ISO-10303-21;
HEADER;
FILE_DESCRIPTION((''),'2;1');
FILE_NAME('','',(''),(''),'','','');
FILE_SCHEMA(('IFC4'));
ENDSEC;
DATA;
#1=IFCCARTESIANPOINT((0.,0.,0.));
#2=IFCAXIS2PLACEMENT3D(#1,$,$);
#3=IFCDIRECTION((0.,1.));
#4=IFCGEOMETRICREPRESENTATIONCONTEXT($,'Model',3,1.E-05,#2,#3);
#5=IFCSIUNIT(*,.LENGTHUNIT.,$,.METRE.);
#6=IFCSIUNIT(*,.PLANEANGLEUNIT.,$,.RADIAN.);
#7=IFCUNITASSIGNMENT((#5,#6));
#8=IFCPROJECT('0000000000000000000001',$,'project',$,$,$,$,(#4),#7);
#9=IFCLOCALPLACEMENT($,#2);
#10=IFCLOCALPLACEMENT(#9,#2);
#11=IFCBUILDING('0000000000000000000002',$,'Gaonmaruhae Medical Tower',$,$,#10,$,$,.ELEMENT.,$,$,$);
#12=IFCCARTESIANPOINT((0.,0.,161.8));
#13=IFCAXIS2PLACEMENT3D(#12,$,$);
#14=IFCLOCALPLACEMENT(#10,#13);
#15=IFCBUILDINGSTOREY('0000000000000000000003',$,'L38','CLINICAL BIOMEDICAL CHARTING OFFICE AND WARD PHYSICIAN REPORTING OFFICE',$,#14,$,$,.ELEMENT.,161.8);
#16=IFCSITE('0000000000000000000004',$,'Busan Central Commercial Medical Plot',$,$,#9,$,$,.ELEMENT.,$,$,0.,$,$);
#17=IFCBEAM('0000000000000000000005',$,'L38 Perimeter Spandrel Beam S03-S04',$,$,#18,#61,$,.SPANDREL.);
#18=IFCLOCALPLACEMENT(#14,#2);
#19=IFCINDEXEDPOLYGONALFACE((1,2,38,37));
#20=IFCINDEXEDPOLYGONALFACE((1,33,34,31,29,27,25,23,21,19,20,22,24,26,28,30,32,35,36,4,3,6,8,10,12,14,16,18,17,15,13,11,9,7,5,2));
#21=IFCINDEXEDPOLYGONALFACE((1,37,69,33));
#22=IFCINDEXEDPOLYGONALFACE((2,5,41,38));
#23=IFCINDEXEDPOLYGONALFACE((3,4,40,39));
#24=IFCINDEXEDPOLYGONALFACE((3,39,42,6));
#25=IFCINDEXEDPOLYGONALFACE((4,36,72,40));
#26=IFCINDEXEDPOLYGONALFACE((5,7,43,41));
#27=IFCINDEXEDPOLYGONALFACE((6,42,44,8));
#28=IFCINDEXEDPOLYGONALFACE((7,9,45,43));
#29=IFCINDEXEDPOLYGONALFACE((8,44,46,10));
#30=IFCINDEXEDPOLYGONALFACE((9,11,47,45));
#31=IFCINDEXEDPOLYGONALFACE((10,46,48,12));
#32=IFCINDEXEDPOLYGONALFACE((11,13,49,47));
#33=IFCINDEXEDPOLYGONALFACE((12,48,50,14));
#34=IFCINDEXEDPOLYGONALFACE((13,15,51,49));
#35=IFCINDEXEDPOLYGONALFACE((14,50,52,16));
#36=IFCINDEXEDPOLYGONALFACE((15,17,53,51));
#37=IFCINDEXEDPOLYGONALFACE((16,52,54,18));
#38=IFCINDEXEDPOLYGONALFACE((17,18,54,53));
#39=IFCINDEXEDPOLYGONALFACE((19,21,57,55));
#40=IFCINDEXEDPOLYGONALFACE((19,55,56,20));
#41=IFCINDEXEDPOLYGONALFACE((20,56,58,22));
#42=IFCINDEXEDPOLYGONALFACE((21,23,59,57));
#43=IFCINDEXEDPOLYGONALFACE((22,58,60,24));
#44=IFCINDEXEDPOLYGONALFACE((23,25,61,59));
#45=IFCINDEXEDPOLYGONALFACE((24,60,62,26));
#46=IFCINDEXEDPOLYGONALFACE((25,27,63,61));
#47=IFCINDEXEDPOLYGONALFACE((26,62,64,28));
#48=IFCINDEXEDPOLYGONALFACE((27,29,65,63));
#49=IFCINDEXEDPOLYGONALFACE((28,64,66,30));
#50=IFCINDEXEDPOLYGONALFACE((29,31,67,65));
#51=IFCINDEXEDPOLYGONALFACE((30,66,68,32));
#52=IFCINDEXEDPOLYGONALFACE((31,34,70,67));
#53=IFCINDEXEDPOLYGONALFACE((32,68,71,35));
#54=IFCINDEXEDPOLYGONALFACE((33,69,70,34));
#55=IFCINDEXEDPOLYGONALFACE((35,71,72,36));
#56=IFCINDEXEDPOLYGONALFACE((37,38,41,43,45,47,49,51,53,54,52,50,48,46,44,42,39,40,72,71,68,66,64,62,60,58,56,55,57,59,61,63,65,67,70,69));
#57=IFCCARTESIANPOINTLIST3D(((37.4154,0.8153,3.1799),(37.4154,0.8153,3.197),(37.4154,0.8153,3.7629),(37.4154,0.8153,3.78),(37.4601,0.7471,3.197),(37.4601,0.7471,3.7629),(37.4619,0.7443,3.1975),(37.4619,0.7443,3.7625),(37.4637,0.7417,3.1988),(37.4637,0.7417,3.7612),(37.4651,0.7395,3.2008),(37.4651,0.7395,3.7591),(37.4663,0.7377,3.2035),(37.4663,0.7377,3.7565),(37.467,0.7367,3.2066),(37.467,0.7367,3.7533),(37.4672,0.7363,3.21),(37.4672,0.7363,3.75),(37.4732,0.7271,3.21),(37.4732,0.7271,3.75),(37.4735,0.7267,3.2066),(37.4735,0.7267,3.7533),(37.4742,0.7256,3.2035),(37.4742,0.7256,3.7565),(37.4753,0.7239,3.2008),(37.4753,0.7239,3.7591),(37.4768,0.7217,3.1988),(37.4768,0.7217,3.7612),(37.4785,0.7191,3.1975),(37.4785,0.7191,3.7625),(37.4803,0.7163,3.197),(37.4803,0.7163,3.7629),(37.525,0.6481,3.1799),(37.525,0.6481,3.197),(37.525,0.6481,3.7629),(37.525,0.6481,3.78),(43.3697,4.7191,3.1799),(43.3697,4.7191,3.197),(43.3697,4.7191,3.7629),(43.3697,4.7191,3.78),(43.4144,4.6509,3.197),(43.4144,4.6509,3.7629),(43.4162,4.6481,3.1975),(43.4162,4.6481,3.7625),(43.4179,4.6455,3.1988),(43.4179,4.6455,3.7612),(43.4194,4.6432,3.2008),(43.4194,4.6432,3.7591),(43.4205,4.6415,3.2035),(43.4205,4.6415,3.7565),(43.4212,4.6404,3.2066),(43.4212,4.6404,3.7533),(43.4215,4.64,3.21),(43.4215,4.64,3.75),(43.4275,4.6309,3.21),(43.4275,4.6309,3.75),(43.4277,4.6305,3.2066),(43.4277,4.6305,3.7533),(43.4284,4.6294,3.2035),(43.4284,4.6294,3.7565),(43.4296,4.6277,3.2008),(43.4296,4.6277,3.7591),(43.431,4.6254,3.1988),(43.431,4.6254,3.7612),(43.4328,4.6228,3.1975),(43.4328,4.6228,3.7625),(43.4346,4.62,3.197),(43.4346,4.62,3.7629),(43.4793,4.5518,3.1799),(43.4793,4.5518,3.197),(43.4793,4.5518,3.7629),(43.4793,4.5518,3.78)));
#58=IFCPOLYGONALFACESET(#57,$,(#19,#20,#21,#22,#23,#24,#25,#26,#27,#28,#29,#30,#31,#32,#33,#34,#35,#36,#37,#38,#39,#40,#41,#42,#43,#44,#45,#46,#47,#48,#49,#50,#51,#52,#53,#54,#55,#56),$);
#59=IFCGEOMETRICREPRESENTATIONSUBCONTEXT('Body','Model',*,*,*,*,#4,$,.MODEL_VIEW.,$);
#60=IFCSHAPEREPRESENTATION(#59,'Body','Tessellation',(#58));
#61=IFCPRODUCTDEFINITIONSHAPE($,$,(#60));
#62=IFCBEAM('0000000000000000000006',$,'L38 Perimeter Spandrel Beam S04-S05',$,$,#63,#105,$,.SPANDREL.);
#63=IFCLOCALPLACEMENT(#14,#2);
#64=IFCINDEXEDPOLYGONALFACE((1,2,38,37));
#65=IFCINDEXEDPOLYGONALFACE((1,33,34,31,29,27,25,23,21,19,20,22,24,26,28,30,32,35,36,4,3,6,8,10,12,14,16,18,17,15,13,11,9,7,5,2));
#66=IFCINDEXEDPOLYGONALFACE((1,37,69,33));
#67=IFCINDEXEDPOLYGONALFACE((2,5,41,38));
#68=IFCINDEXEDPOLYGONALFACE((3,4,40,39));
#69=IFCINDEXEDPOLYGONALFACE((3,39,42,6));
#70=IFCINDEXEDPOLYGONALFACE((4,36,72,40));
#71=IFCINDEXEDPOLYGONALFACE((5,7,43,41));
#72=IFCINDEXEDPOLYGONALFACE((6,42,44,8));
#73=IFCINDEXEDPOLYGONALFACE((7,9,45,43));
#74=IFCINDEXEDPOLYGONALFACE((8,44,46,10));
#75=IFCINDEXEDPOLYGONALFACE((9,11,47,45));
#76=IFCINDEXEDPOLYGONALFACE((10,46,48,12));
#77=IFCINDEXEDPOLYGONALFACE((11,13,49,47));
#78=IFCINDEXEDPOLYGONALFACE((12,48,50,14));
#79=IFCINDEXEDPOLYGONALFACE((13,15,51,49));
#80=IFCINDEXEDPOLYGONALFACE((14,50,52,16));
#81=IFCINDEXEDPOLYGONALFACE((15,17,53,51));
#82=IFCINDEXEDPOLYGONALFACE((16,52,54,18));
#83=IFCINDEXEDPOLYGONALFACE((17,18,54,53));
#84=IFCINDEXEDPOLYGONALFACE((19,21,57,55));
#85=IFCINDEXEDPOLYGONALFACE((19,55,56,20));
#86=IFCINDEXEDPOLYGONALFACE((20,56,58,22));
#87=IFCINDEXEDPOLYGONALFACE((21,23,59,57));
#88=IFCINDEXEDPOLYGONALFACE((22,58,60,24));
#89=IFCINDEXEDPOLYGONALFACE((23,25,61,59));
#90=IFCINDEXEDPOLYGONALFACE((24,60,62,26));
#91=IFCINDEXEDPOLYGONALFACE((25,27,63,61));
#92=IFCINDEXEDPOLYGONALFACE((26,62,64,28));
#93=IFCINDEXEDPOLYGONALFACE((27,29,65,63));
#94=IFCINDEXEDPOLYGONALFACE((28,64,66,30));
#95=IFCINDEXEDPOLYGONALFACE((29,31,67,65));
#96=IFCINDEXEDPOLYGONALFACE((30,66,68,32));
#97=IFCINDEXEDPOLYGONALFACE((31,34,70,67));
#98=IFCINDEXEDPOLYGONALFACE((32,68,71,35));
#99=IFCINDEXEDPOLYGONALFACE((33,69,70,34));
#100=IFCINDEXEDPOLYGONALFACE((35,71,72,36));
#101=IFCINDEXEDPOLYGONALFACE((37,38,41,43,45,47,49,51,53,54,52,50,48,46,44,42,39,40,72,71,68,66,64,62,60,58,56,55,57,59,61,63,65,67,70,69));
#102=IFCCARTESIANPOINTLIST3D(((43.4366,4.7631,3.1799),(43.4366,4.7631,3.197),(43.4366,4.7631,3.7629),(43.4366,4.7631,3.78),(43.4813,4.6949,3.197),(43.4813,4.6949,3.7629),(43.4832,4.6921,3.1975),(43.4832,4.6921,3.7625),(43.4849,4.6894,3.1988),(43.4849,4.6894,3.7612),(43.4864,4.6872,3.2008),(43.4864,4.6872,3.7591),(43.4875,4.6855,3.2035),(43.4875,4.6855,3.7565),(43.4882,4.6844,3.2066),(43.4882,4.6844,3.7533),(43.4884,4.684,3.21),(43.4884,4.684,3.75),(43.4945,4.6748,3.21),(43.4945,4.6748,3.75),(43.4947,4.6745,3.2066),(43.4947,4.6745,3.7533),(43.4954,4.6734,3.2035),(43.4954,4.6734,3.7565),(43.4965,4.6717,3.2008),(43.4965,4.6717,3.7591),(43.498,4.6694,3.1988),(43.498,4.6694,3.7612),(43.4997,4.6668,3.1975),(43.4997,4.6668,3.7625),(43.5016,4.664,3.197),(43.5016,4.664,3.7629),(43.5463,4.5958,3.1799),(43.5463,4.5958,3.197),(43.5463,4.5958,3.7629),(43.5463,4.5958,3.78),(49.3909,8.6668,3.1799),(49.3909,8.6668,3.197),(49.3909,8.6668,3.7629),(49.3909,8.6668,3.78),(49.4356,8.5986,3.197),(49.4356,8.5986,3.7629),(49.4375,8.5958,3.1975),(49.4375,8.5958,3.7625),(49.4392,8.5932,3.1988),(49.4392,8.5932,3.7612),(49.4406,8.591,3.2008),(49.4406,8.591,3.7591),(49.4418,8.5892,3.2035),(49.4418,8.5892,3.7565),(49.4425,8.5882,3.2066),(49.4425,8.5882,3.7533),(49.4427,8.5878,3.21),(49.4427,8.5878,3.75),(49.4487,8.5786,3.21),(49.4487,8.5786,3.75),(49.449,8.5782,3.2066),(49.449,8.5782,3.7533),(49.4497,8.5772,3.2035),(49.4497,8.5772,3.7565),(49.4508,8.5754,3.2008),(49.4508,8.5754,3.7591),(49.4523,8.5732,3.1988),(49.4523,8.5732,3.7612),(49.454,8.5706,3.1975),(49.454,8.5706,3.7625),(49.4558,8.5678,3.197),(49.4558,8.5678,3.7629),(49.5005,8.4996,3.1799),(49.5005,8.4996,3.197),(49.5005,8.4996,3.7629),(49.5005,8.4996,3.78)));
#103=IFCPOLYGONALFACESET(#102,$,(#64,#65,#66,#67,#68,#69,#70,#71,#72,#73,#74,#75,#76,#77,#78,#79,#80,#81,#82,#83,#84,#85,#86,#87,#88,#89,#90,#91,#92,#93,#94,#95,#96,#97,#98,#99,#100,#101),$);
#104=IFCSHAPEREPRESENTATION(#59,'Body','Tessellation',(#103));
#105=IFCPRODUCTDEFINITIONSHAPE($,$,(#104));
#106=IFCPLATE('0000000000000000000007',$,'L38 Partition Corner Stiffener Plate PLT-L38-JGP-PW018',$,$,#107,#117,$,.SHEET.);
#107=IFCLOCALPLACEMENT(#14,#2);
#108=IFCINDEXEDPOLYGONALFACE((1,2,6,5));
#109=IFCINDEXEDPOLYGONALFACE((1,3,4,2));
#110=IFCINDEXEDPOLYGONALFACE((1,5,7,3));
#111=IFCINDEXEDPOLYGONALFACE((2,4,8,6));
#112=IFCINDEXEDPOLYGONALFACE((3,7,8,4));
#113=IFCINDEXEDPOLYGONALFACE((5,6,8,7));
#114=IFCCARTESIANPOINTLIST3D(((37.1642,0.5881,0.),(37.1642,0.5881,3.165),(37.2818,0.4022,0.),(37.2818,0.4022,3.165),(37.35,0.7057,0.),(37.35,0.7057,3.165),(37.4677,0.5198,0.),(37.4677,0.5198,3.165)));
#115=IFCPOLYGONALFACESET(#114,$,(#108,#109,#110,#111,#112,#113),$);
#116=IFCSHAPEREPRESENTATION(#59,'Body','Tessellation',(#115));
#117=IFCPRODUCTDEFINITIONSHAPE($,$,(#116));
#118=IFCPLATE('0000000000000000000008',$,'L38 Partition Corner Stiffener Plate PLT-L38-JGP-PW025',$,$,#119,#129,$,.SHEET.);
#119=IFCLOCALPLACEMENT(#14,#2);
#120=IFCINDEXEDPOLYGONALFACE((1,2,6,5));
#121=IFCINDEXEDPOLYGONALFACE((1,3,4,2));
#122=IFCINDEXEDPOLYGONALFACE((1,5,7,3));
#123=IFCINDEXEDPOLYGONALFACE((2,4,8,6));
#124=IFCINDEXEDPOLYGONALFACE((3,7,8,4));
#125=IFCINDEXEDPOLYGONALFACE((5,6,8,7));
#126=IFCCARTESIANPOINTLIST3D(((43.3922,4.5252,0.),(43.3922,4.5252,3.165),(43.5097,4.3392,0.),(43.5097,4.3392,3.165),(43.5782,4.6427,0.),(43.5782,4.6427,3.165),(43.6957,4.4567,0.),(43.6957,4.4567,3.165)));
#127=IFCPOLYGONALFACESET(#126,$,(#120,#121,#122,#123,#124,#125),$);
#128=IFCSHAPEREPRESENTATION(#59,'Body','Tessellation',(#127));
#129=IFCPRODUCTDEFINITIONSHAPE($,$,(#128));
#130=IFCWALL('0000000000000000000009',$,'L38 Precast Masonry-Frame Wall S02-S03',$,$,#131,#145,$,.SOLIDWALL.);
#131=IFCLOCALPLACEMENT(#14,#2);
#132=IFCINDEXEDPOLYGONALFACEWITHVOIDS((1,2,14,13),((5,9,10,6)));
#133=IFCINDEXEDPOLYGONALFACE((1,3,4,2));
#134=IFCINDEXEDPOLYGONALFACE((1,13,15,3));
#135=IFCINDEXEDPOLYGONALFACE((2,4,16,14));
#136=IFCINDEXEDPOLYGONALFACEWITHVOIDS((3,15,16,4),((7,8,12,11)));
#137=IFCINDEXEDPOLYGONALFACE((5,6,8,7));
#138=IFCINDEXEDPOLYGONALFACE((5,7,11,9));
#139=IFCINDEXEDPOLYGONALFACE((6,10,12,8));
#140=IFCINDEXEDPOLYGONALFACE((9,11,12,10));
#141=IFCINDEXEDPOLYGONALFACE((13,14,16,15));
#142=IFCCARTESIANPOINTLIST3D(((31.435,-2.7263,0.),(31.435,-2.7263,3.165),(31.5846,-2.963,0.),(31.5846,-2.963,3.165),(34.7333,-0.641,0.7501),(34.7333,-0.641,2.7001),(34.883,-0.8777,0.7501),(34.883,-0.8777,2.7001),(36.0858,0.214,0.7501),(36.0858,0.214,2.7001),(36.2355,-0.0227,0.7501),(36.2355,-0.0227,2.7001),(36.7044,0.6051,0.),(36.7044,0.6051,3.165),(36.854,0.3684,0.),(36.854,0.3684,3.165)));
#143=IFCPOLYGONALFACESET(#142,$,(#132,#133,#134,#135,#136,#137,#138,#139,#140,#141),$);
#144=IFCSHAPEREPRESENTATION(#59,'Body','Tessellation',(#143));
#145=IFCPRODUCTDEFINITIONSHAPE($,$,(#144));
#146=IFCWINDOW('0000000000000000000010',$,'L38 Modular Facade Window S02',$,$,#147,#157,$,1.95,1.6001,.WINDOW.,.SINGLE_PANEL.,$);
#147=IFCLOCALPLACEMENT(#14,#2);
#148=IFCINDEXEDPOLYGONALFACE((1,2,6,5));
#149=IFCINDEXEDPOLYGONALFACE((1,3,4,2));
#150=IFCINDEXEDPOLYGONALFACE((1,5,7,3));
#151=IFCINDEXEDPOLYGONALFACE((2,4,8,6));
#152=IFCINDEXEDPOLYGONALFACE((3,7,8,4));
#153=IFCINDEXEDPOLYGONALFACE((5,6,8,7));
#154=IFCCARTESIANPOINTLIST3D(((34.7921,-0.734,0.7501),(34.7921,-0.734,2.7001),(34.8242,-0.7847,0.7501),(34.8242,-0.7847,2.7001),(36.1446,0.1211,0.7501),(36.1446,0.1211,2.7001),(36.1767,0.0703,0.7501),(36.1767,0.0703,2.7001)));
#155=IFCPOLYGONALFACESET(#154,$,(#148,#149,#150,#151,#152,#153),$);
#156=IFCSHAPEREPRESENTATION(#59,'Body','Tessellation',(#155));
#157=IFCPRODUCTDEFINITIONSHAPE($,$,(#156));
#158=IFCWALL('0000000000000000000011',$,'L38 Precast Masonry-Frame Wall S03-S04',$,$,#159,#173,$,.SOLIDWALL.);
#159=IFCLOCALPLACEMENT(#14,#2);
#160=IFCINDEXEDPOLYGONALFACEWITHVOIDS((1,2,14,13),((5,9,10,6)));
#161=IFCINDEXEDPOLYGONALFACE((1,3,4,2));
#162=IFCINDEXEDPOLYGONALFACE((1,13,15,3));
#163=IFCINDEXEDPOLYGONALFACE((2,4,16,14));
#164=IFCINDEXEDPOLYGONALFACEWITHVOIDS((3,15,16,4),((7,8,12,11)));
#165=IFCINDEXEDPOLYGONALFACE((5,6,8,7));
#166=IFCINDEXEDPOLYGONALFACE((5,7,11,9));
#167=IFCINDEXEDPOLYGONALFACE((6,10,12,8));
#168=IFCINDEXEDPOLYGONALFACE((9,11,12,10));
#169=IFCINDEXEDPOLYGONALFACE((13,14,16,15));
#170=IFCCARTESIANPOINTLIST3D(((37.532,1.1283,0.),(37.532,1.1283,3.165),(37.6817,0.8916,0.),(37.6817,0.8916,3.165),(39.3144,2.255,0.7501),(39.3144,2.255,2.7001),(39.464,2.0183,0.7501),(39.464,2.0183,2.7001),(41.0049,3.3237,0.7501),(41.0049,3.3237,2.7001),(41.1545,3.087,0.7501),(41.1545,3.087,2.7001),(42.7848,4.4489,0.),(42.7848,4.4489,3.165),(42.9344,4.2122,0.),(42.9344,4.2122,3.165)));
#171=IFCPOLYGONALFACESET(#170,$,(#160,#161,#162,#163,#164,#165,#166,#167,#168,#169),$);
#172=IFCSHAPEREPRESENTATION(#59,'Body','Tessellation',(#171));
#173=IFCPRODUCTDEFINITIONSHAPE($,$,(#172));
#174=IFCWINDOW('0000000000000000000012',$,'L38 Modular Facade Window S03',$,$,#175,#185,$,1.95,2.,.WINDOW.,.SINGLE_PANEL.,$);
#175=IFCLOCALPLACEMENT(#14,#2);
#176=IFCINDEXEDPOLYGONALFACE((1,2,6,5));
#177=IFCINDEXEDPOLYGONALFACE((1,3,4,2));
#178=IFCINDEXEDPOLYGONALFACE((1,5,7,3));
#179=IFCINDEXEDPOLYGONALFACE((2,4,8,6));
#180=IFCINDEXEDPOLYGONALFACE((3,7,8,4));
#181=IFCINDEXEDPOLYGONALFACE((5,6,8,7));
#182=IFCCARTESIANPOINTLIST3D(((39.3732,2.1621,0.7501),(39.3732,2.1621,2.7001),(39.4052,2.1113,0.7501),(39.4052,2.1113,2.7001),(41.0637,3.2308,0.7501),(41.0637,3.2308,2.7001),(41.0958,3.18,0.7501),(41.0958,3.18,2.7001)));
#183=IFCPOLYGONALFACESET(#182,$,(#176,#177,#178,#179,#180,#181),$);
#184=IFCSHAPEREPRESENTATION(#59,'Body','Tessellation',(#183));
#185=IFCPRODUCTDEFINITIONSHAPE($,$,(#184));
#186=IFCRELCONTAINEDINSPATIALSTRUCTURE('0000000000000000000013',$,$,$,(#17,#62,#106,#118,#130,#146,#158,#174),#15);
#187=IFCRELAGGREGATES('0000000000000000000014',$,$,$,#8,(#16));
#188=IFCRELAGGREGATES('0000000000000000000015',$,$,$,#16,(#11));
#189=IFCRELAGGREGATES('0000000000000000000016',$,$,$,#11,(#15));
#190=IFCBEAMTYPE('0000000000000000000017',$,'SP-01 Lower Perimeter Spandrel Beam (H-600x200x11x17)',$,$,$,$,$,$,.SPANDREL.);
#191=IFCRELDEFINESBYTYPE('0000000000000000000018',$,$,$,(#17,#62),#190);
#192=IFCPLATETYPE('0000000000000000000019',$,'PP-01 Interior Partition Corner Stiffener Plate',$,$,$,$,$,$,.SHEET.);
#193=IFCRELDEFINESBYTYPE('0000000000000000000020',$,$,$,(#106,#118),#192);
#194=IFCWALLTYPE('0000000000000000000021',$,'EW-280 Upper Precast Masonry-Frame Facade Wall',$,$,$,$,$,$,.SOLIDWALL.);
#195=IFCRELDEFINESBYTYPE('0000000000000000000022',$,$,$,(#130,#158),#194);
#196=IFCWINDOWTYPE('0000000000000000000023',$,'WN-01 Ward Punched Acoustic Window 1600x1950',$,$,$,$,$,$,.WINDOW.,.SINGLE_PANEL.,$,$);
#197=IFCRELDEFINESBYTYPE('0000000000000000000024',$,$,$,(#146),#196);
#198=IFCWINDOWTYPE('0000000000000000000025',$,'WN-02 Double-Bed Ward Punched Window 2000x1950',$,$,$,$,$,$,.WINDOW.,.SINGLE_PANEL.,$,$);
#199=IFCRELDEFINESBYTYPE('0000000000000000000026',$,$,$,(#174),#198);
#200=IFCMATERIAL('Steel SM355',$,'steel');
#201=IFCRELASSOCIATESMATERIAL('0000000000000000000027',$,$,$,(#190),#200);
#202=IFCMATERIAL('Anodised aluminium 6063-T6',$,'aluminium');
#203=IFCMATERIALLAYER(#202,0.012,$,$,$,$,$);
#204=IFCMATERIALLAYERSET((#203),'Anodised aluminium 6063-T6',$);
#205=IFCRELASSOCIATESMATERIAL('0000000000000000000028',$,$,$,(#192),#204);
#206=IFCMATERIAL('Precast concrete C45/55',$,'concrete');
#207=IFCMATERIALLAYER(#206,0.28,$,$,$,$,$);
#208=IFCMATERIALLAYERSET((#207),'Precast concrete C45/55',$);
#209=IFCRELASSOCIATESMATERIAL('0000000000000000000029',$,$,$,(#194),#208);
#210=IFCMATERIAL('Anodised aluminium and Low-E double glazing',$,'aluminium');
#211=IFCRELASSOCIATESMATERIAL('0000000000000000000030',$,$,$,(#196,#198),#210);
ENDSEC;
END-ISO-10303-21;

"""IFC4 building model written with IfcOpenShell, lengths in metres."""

from ifc_helpers import new_model, si_unit, direction, frame, frame_2d, origin, origin_2d, place, context, subcontext, project, spatial, rectangle, i_section, extrude, material, layer, layer_set, material_profile, profile_set, type_object, element, fill, save


model = new_model("IFC4")

# Units and contexts
model_context = context("Model", 3, precision=1e-05, world=origin(), true_north=direction((0.0, 1.0)))
body_context = subcontext(model_context, "Body", "Model", "MODEL_VIEW")
ifc_project = project(units=[si_unit("LENGTHUNIT", "METRE"), si_unit("PLANEANGLEUNIT", "RADIAN")], contexts=[model_context])

# Site, building, storey
site_placement = place(None, origin())
site = spatial("IfcSite", under=ifc_project, at=site_placement, Name="Busan Central Commercial Medical Plot", CompositionType="ELEMENT", RefElevation=0.0)
building_placement = place(site_placement, origin())
building = spatial("IfcBuilding", under=site, at=building_placement, Name="Gaonmaruhae Medical Tower", CompositionType="ELEMENT")
storey_placement = place(building_placement, frame((0.0, 0.0, 161.8)))
storey = spatial("IfcBuildingStorey", under=building, at=storey_placement, Name="L38", Description="CLINICAL BIOMEDICAL CHARTING OFFICE AND WARD PHYSICIAN REPORTING OFFICE", CompositionType="ELEMENT", Elevation=161.8)

# Beams
ifc_material_1 = material(Name="Steel SM355", Category="steel")
ifc_material_profile_1 = material_profile(ifc_material_1, i_section(OverallWidth=0.2, OverallDepth=0.6001, WebThickness=0.011, FlangeThickness=0.0171, FilletRadius=0.0129, at=origin_2d()), Name="H-600x200x11x17")
ifc_profile_set_1 = profile_set([ifc_material_profile_1], Name="Steel SM355")
beam_type_1 = type_object("IfcBeamType", Name="SP-01 Lower Perimeter Spandrel Beam (H-600x200x11x17)", PredefinedType="SPANDREL", material=ifc_profile_set_1)
for number, where, z_axis, x_axis, name in (
    (1, (37.4702, 0.7317, 3.48), (0.836288, 0.54829, 0.0), (-0.54829, 0.836288, 0.0), "L38 Perimeter Spandrel Beam S03-S04"),
    (2, (43.4915, 4.6794, 3.48), (0.836288, 0.54829, 0.0), (-0.54829, 0.836288, 0.0), "L38 Perimeter Spandrel Beam S04-S05"),
):
    element("IfcBeam", number, at=place(storey_placement, frame(where, z_axis=z_axis, x_axis=x_axis)), inside=storey, type_object=beam_type_1, Name=name, PredefinedType="SPANDREL", context=body_context, shape_type="SweptSolid", body=[
        extrude(i_section(OverallWidth=0.2, OverallDepth=0.6001, WebThickness=0.011, FlangeThickness=0.0171, FilletRadius=0.0129, at=origin_2d()), origin(), (0.0, 0.0, 1.0), 7.1199),
    ])

# Plates
ifc_material_2 = material(Name="Anodised aluminium 6063-T6", Category="aluminium")
ifc_layer_1 = layer(ifc_material_2, 0.012)
ifc_layer_set_1 = layer_set([ifc_layer_1], Name="Anodised aluminium 6063-T6")
plate_type = type_object("IfcPlateType", Name="PP-01 Interior Partition Corner Stiffener Plate", PredefinedType="SHEET", material=ifc_layer_set_1)
for number, where, z_axis, x_axis, name in (
    (3, (37.3159, 0.554, 0.0), (0.0, 0.0, 1.0), (-0.845001, -0.534765, 0.0), "L38 Partition Corner Stiffener Plate PLT-L38-JGP-PW018"),
    (4, (43.5439, 4.491, 0.0), (0.0, 0.0, 1.0), (-0.84542, -0.534102, 0.0), "L38 Partition Corner Stiffener Plate PLT-L38-JGP-PW025"),
):
    element("IfcPlate", number, at=place(storey_placement, frame(where, z_axis=z_axis, x_axis=x_axis)), inside=storey, type_object=plate_type, Name=name, PredefinedType="SHEET", context=body_context, shape_type="SweptSolid", body=[
        extrude(rectangle(XDim=0.22, YDim=0.22, at=origin_2d()), origin(), (0.0, 0.0, 1.0), 3.165),
    ])

# Walls, openings, windows
ifc_material_3 = material(Name="Precast concrete C45/55", Category="concrete")
ifc_layer_2 = layer(ifc_material_3, 0.28)
ifc_layer_set_2 = layer_set([ifc_layer_2], Name="Precast concrete C45/55")
wall_type_1 = type_object("IfcWallType", Name="EW-280 Upper Precast Masonry-Frame Facade Wall", PredefinedType="SOLIDWALL", material=ifc_layer_set_2)
wall_1_placement = place(storey_placement, frame((36.7793, 0.4868, 0.0), z_axis=(0.0, 0.0, 1.0), x_axis=(-0.845248, -0.534375, 0.0)))
wall_1 = element("IfcWall", 5, at=wall_1_placement, inside=storey, type_object=wall_type_1, Name="L38 Precast Masonry-Frame Wall S02-S03", PredefinedType="SOLIDWALL", context=body_context, shape_type="SweptSolid", body=[
    extrude(rectangle(XDim=6.2341, YDim=0.28, at=frame_2d((3.1172, 0.0))), origin(), (0.0, 0.0, 1.0), 3.165),
])
opening_1_placement = place(wall_1_placement, frame((0.7319, 0.0, 0.75)))
opening_1 = element("IfcOpeningElement", 6, at=opening_1_placement, cuts=wall_1, PredefinedType="OPENING", context=body_context, shape_type="SweptSolid", body=[
    extrude(rectangle(XDim=1.6001, YDim=1.95, at=frame_2d((0.8, 0.9751))), frame((0.0, 0.1499, 0.0), z_axis=(0.0, -1.0, 0.0), x_axis=(1.0, 0.0, 0.0)), (0.0, 0.0, 1.0), 0.3),
])
ifc_material_4 = material(Name="Anodised aluminium and Low-E double glazing", Category="aluminium")
window_type_1 = type_object("IfcWindowType", Name="WN-01 Ward Punched Acoustic Window 1600x1950", PartitioningType="SINGLE_PANEL", PredefinedType="WINDOW", material=ifc_material_4)
window_1_placement = place(opening_1_placement, origin())
window_1 = element("IfcWindow", 7, at=window_1_placement, inside=storey, type_object=window_type_1, Name="L38 Modular Facade Window S02", OverallHeight=1.95, OverallWidth=1.6001, PartitioningType="SINGLE_PANEL", PredefinedType="WINDOW", context=body_context, shape_type="SweptSolid", body=[
    extrude(rectangle(XDim=1.6001, YDim=1.95, at=frame_2d((0.8, 0.9751))), frame((0.0, 0.03, 0.0), z_axis=(0.0, -1.0, 0.0), x_axis=(1.0, 0.0, 0.0)), (0.0, 0.0, 1.0), 0.0601),
])
fill(opening_1, window_1)
wall_2_placement = place(storey_placement, frame((42.8596, 4.3306, 0.0), z_axis=(0.0, 0.0, 1.0), x_axis=(-0.845266, -0.534346, 0.0)))
wall_2 = element("IfcWall", 8, at=wall_2_placement, inside=storey, type_object=wall_type_1, Name="L38 Precast Masonry-Frame Wall S03-S04", PredefinedType="SOLIDWALL", context=body_context, shape_type="SweptSolid", body=[
    extrude(rectangle(XDim=6.2144, YDim=0.28, at=frame_2d((3.1072, 0.0))), origin(), (0.0, 0.0, 1.0), 3.165),
])
opening_2_placement = place(wall_2_placement, frame((2.1057, 0.0, 0.75)))
opening_2 = element("IfcOpeningElement", 9, at=opening_2_placement, cuts=wall_2, PredefinedType="OPENING", context=body_context, shape_type="SweptSolid", body=[
    extrude(rectangle(XDim=2.0, YDim=1.95, at=frame_2d((1.0, 0.9751))), frame((0.0, 0.1499, 0.0), z_axis=(0.0, -1.0, 0.0), x_axis=(1.0, 0.0, 0.0)), (0.0, 0.0, 1.0), 0.3),
])
window_type_2 = type_object("IfcWindowType", Name="WN-02 Double-Bed Ward Punched Window 2000x1950", PartitioningType="SINGLE_PANEL", PredefinedType="WINDOW", material=ifc_material_4)
window_2_placement = place(opening_2_placement, origin())
window_2 = element("IfcWindow", 10, at=window_2_placement, inside=storey, type_object=window_type_2, Name="L38 Modular Facade Window S03", OverallHeight=1.95, OverallWidth=2.0, PartitioningType="SINGLE_PANEL", PredefinedType="WINDOW", context=body_context, shape_type="SweptSolid", body=[
    extrude(rectangle(XDim=2.0, YDim=1.95, at=frame_2d((1.0, 0.9751))), frame((0.0, 0.03, 0.0), z_axis=(0.0, -1.0, 0.0), x_axis=(1.0, 0.0, 0.0)), (0.0, 0.0, 1.0), 0.0601),
])
fill(opening_2, window_2)

save(model, "model.ifc")
